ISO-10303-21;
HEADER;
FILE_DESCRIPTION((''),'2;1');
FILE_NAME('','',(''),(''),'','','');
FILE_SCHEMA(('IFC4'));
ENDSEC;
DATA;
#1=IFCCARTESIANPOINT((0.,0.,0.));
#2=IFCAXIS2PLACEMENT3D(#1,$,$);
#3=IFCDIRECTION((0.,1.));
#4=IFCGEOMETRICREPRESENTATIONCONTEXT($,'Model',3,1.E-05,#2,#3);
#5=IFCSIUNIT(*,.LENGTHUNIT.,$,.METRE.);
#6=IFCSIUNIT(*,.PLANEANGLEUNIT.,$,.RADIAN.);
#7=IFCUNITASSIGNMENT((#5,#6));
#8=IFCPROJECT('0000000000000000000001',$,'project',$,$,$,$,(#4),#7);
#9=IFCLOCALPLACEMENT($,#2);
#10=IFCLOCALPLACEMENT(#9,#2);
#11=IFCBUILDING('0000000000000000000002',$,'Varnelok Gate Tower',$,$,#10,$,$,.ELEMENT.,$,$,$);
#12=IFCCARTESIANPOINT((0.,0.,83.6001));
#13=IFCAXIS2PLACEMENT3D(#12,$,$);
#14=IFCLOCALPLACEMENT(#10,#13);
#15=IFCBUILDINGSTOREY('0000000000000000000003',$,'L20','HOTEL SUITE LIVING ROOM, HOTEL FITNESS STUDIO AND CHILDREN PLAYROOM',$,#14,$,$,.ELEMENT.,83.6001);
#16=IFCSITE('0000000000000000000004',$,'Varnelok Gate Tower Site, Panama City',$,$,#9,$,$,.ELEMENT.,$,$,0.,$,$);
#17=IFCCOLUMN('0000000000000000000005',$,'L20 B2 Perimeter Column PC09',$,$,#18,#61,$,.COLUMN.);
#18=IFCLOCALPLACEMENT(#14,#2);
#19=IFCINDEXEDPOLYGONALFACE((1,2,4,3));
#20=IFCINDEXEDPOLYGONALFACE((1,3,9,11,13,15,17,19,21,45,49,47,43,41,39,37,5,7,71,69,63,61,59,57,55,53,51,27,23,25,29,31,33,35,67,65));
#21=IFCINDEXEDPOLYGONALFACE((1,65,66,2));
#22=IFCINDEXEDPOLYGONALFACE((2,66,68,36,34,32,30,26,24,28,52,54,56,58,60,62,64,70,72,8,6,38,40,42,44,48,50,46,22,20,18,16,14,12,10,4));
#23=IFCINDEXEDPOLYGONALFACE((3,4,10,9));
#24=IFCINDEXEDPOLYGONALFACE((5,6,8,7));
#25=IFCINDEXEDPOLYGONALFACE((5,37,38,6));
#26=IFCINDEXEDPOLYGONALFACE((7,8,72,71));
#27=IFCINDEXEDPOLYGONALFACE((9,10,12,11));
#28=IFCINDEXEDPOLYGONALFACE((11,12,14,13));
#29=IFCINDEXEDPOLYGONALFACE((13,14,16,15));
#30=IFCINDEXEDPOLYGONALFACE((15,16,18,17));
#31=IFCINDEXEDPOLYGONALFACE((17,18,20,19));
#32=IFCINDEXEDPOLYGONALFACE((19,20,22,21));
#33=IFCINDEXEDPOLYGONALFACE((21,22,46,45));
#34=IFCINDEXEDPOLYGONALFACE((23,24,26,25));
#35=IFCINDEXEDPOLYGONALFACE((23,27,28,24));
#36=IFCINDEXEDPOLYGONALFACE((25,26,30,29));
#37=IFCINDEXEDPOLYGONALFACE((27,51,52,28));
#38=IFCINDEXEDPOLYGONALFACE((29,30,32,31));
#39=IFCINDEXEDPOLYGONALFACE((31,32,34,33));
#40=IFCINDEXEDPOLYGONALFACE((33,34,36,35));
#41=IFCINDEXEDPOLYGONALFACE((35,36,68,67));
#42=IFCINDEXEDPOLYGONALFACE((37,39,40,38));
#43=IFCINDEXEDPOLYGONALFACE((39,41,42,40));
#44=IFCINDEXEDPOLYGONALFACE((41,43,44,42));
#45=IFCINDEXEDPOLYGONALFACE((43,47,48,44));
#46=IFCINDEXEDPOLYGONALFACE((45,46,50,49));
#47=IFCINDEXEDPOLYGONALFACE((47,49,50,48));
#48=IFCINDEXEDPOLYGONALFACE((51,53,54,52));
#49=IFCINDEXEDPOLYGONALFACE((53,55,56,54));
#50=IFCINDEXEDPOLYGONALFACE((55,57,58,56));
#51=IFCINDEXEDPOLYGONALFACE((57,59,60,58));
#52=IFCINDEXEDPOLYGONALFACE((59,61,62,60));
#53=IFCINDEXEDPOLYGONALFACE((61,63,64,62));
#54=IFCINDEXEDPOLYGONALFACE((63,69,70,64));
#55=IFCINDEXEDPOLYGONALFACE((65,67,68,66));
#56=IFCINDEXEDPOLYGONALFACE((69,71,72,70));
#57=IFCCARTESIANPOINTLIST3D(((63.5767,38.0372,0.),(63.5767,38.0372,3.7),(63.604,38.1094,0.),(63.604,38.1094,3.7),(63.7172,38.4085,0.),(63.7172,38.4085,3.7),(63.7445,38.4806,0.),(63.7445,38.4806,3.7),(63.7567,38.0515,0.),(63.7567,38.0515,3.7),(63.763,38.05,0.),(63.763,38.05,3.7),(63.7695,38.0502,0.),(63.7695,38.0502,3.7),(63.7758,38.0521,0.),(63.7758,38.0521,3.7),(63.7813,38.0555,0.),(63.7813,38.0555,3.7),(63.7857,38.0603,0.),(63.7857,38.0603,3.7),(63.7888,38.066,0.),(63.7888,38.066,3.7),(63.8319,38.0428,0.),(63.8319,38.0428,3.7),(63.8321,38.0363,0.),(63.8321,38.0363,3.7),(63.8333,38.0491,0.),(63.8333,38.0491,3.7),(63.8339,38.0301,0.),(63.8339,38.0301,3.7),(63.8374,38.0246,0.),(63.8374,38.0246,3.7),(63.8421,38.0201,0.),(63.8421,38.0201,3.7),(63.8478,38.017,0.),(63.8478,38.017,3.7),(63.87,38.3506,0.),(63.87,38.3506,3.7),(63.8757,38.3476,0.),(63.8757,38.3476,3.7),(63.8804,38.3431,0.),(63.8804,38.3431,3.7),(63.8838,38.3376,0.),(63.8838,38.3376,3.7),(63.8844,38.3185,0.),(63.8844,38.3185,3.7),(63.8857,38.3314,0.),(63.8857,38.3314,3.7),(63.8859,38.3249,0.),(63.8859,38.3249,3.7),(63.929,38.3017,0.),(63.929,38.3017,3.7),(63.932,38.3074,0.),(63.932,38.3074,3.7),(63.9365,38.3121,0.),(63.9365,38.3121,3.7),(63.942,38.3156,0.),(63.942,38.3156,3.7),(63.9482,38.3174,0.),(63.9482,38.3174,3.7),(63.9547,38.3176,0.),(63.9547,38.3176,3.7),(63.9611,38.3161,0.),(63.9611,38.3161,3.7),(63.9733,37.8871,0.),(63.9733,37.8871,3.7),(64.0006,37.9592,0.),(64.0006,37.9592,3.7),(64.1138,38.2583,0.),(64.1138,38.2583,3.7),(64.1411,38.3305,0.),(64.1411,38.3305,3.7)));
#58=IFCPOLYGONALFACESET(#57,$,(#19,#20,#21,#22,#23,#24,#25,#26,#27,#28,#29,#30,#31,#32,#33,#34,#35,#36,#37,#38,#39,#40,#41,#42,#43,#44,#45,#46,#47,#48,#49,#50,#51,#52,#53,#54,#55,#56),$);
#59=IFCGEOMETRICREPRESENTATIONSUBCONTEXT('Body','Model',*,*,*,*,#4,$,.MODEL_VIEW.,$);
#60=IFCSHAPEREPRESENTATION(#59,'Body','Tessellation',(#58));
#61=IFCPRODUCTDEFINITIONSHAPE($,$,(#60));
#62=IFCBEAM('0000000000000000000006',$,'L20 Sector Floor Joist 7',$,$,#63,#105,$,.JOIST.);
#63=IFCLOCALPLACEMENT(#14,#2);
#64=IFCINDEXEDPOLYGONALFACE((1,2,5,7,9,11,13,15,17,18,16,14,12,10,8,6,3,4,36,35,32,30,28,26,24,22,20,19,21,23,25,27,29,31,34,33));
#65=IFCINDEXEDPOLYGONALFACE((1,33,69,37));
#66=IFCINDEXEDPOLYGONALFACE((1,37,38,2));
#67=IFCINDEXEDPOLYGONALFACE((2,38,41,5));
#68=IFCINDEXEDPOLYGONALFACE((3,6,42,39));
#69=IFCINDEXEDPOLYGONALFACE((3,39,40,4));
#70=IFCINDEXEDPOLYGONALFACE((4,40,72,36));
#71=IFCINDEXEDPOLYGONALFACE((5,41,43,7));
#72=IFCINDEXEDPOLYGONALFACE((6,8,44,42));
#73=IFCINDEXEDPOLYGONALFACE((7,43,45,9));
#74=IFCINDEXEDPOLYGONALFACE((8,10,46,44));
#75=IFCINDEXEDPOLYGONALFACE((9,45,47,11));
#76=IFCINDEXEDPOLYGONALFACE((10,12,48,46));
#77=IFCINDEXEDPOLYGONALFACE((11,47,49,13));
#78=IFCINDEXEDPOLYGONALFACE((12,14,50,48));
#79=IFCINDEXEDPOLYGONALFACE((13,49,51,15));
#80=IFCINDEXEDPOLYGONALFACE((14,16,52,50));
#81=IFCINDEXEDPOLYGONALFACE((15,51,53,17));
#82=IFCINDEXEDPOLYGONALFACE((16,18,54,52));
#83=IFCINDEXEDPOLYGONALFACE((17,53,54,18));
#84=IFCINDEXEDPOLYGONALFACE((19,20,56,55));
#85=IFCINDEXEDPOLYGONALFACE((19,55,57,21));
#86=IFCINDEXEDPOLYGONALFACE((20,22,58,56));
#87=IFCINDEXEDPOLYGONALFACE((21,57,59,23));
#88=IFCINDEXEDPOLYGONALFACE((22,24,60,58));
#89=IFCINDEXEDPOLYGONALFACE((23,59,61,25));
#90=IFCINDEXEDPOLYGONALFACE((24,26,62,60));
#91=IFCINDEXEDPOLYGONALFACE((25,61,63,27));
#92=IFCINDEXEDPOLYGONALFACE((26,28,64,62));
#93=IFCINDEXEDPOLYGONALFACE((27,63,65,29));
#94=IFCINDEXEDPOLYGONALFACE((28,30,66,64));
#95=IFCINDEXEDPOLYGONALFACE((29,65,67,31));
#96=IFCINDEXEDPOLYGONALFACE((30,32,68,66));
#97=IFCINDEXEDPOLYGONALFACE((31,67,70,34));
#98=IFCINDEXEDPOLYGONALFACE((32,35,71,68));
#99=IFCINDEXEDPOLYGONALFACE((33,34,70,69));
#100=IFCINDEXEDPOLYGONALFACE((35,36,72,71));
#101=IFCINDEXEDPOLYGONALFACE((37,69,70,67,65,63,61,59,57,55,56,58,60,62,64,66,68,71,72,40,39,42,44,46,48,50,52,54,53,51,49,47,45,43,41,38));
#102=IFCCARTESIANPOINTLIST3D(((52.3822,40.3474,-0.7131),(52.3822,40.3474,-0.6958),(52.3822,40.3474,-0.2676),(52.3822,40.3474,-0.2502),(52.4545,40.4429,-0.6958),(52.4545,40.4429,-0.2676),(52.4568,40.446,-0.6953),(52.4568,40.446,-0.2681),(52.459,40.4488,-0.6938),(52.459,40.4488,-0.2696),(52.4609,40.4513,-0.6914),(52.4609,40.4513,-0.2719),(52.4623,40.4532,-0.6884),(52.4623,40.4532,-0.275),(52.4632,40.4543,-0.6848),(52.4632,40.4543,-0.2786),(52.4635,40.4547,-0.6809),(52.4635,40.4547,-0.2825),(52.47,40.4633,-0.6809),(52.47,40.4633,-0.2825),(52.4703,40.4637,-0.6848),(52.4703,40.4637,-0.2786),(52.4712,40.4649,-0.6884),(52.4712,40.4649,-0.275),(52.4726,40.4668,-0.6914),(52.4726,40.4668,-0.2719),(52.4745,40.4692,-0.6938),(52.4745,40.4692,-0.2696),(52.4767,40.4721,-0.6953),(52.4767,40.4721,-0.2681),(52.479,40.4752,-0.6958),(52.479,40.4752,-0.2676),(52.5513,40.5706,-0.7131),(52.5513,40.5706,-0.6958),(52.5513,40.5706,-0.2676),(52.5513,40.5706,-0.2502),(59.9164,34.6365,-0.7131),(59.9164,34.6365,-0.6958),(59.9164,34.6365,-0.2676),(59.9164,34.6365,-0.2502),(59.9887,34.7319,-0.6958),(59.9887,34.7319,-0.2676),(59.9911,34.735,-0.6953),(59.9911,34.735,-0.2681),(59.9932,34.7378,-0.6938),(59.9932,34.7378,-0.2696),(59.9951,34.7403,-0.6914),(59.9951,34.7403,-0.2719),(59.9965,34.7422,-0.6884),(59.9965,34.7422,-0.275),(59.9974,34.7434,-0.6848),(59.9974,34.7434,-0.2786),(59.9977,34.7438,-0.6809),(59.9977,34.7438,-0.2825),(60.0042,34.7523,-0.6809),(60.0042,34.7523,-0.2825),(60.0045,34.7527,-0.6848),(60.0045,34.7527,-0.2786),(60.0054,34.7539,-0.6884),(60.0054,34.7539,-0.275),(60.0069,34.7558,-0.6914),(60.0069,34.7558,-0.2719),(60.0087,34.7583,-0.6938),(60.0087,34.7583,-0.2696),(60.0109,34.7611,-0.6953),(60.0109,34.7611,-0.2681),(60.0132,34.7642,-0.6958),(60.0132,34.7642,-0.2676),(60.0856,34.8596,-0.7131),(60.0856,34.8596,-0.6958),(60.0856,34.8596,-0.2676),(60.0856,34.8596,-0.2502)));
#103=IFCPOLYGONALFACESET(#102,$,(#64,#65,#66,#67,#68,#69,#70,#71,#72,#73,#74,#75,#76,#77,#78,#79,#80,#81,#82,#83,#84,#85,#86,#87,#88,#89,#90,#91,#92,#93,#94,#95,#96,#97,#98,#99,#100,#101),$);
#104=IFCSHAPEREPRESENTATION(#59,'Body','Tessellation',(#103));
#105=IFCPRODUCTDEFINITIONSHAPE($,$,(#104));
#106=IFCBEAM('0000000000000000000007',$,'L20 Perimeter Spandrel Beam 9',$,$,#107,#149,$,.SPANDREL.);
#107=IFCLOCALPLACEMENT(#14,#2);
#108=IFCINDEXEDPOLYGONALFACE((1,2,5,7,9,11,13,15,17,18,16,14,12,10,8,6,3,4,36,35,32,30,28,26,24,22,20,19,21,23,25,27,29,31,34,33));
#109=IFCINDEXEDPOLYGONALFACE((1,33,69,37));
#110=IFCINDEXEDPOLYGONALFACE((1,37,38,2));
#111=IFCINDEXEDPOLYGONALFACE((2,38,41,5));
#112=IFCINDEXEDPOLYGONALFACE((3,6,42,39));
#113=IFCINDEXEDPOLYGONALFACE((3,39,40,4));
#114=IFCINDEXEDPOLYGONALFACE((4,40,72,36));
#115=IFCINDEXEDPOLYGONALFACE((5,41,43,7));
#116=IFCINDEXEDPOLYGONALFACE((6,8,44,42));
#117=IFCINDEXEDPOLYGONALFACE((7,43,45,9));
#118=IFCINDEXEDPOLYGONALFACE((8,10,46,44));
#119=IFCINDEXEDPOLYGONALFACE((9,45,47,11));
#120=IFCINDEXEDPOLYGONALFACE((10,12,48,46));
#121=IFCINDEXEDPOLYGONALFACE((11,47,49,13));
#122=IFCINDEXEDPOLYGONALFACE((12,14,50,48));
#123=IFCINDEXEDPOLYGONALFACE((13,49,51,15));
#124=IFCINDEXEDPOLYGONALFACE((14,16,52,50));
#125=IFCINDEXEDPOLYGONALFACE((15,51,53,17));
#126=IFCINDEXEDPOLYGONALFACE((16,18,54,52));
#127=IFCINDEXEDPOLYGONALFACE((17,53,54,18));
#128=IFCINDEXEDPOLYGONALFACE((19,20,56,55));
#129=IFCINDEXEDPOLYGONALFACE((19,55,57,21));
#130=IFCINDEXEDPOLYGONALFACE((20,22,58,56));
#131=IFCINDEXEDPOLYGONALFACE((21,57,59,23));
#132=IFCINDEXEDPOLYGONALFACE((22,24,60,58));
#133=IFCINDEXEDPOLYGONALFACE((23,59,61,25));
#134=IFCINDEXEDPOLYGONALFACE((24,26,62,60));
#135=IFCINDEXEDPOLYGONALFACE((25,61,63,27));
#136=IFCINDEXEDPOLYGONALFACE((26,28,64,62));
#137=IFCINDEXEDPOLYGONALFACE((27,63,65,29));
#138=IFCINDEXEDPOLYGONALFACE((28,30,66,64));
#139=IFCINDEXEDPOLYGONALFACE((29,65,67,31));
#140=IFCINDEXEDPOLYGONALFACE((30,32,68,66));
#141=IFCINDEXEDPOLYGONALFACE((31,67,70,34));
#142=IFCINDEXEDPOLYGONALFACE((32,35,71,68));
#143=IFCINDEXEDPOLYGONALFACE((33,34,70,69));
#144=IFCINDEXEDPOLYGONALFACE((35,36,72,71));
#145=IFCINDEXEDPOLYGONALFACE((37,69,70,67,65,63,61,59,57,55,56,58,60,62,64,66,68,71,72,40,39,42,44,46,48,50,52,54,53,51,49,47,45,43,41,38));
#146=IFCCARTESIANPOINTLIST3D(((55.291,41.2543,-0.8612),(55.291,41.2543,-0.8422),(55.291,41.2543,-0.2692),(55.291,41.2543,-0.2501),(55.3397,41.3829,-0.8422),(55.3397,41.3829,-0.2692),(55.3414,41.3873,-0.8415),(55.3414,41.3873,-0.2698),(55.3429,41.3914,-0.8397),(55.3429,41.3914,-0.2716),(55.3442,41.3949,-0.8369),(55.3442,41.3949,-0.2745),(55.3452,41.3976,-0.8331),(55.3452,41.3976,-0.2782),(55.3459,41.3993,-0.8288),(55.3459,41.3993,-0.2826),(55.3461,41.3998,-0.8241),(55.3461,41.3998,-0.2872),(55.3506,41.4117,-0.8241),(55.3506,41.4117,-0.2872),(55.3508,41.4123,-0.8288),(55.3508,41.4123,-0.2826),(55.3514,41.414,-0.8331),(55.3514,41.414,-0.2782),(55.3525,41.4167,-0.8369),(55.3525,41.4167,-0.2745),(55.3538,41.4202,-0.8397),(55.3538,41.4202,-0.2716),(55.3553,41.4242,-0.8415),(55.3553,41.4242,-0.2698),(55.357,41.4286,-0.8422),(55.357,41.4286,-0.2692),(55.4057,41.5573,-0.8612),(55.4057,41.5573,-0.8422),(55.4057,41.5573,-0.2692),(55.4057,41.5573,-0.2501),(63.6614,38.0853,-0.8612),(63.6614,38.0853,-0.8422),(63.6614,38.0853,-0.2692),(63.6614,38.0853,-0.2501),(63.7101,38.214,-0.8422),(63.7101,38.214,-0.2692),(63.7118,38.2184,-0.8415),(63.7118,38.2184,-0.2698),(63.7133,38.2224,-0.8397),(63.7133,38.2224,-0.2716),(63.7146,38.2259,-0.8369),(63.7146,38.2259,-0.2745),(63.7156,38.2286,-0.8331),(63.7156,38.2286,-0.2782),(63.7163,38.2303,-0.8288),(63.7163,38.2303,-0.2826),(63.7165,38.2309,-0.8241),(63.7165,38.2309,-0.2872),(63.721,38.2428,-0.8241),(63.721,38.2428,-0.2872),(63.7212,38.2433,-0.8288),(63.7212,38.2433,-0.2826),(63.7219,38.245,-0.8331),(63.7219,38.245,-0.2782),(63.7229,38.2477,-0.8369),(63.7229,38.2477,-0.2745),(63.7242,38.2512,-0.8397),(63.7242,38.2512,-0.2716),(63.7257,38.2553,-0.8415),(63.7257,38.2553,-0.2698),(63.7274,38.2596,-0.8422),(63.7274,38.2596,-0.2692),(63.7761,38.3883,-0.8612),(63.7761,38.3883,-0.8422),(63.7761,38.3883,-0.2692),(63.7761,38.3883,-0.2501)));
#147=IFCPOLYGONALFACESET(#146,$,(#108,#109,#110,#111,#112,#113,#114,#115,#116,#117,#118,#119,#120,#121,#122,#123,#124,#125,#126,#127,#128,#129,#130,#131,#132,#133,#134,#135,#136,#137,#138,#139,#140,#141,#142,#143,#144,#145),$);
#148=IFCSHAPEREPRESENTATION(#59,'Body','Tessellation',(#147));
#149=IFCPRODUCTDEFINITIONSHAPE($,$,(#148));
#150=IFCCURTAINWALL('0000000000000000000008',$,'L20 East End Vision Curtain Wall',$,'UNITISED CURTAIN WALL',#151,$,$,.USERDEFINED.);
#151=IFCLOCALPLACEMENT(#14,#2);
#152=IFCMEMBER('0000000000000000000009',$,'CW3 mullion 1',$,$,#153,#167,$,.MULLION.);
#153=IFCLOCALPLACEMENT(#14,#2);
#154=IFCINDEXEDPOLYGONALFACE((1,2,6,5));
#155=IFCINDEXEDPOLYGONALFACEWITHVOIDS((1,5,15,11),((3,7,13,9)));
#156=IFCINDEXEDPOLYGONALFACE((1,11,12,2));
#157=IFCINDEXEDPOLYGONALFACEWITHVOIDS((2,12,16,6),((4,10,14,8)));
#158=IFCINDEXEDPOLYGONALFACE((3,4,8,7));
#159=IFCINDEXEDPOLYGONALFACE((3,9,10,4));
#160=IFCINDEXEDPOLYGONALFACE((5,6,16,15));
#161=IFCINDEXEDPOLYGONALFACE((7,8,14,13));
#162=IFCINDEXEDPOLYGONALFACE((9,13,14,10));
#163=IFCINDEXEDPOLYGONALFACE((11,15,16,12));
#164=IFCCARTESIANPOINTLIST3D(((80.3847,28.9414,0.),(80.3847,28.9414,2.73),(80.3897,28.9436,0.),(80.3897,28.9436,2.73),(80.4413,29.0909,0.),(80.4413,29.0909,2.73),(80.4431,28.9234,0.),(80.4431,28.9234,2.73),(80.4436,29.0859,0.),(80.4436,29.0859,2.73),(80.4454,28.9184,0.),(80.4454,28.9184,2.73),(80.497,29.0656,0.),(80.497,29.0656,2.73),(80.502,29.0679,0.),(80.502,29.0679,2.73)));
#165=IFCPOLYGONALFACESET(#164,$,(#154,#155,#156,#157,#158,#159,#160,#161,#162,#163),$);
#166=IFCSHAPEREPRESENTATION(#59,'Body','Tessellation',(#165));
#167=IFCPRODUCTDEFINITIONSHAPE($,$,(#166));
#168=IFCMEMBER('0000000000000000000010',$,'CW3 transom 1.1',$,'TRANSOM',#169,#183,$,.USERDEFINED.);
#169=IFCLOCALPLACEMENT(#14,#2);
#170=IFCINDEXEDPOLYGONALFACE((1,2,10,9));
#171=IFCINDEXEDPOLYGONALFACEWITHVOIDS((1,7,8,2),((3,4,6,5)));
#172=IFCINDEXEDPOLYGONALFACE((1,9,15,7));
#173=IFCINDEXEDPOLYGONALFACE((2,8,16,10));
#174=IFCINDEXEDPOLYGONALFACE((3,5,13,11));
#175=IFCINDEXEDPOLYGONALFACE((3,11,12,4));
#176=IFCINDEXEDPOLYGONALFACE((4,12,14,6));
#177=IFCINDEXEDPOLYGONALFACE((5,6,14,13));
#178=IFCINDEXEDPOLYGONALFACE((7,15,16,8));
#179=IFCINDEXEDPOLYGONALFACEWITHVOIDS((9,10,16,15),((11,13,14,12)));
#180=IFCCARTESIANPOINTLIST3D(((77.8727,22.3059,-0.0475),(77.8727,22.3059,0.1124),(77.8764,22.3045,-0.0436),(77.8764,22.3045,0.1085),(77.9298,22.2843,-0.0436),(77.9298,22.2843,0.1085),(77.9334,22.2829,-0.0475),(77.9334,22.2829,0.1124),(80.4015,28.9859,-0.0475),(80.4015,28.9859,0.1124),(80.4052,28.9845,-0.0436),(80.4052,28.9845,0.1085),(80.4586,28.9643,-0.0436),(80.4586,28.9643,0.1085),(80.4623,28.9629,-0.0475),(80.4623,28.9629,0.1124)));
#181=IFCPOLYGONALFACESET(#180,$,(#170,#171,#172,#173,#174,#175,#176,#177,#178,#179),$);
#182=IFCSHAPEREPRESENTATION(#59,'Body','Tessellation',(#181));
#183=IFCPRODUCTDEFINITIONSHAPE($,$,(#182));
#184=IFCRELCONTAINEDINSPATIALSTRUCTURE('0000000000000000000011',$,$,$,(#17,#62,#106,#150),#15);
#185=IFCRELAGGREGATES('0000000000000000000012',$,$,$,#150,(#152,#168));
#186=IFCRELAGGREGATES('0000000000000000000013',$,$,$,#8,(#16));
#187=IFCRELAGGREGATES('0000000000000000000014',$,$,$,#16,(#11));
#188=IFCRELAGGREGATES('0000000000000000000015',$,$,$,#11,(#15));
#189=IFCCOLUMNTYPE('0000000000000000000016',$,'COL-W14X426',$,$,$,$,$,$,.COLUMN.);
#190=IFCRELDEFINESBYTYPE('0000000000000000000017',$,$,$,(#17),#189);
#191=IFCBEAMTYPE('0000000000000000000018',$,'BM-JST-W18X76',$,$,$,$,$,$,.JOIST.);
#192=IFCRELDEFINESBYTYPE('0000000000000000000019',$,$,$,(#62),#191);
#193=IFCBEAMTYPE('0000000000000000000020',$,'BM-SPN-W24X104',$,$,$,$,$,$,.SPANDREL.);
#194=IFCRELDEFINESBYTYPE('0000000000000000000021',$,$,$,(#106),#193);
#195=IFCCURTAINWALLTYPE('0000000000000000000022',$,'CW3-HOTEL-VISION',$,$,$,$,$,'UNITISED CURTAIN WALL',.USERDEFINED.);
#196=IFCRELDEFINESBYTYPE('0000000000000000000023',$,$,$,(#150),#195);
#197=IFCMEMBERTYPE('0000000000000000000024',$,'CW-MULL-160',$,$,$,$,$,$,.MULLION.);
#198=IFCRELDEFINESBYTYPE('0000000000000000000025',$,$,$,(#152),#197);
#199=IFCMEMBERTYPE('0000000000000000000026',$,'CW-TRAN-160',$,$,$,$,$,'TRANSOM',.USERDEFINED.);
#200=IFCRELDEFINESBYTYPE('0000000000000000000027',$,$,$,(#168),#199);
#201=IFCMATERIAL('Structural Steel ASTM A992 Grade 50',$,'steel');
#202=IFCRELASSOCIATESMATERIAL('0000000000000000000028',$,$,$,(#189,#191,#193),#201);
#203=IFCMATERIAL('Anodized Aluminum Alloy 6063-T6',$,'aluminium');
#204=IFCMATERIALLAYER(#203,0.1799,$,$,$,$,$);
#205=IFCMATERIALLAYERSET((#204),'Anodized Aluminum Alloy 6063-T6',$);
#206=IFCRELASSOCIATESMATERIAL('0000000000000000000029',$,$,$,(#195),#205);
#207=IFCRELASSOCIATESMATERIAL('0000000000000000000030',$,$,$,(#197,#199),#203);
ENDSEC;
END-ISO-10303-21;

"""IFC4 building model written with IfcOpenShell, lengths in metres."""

from ifc_helpers import new_model, si_unit, direction, frame, origin, origin_2d, place, context, subcontext, project, spatial, hollow_rectangle, i_section, extrude, material, layer, layer_set, material_profile, profile_set, type_object, element, aggregate, save


model = new_model("IFC4")

# Units and contexts
model_context = context("Model", 3, precision=1e-05, world=origin(), true_north=direction((0.0, 1.0)))
body_context = subcontext(model_context, "Body", "Model", "MODEL_VIEW")
ifc_project = project(units=[si_unit("LENGTHUNIT", "METRE"), si_unit("PLANEANGLEUNIT", "RADIAN")], contexts=[model_context])

# Site, building, storey
site_placement = place(None, origin())
site = spatial("IfcSite", under=ifc_project, at=site_placement, Name="Varnelok Gate Tower Site, Panama City", CompositionType="ELEMENT", RefElevation=0.0)
building_placement = place(site_placement, origin())
building = spatial("IfcBuilding", under=site, at=building_placement, Name="Varnelok Gate Tower", CompositionType="ELEMENT")
storey_placement = place(building_placement, frame((0.0, 0.0, 83.6001)))
storey = spatial("IfcBuildingStorey", under=building, at=storey_placement, Name="L20", Description="HOTEL SUITE LIVING ROOM, HOTEL FITNESS STUDIO AND CHILDREN PLAYROOM", CompositionType="ELEMENT", Elevation=83.6001)

# Column
ifc_material_1 = material(Name="Structural Steel ASTM A992 Grade 50", Category="steel")
ifc_material_profile_1 = material_profile(ifc_material_1, i_section(OverallWidth=0.4241, OverallDepth=0.4741, WebThickness=0.0476, FlangeThickness=0.0771, FilletRadius=0.0249, at=origin_2d()), Name="W14X426")
ifc_profile_set_1 = profile_set([ifc_material_profile_1], Name="Structural Steel ASTM A992 Grade 50")
column_type = type_object("IfcColumnType", Name="COL-W14X426", PredefinedType="COLUMN", material=ifc_profile_set_1)
column_placement = place(storey_placement, frame((63.8589, 38.1838, 0.0), z_axis=(0.0, 0.0, 1.0), x_axis=(0.935222, -0.354063, 0.0)))
element("IfcColumn", 1, at=column_placement, inside=storey, type_object=column_type, Name="L20 B2 Perimeter Column PC09", PredefinedType="COLUMN", context=body_context, shape_type="SweptSolid", body=[
    extrude(i_section(OverallWidth=0.4241, OverallDepth=0.4741, WebThickness=0.0476, FlangeThickness=0.0771, FilletRadius=0.0249, at=origin_2d()), origin(), (0.0, 0.0, 1.0), 3.7),
])

# Beams
ifc_material_profile_2 = material_profile(ifc_material_1, i_section(OverallWidth=0.28, OverallDepth=0.4629, WebThickness=0.0107, FlangeThickness=0.0173, FilletRadius=0.0149, at=origin_2d()), Name="W18X76")
ifc_profile_set_2 = profile_set([ifc_material_profile_2], Name="Structural Steel ASTM A992 Grade 50")
beam_type_1 = type_object("IfcBeamType", Name="BM-JST-W18X76", PredefinedType="JOIST", material=ifc_profile_set_2)
beam_1_placement = place(storey_placement, frame((60.001, 34.748, -0.4817), z_axis=(-0.796928, 0.604074, 0.0), x_axis=(-0.604074, -0.796928, 0.0)))
element("IfcBeam", 2, at=beam_1_placement, inside=storey, type_object=beam_type_1, Name="L20 Sector Floor Joist 7", PredefinedType="JOIST", context=body_context, shape_type="SweptSolid", body=[
    extrude(i_section(OverallWidth=0.28, OverallDepth=0.4629, WebThickness=0.0107, FlangeThickness=0.0173, FilletRadius=0.0149, at=origin_2d()), origin(), (0.0, 0.0, 1.0), 9.4541),
])
ifc_material_profile_3 = material_profile(ifc_material_1, i_section(OverallWidth=0.324, OverallDepth=0.6111, WebThickness=0.0127, FlangeThickness=0.019, FilletRadius=0.0181, at=origin_2d()), Name="W24X104")
ifc_profile_set_3 = profile_set([ifc_material_profile_3], Name="Structural Steel ASTM A992 Grade 50")
beam_type_2 = type_object("IfcBeamType", Name="BM-SPN-W24X104", PredefinedType="SPANDREL", material=ifc_profile_set_3)
beam_2_placement = place(storey_placement, frame((63.7188, 38.2368, -0.5557), z_axis=(-0.93522, 0.354066, 0.0), x_axis=(-0.354066, -0.93522, 0.0)))
element("IfcBeam", 3, at=beam_2_placement, inside=storey, type_object=beam_type_2, Name="L20 Perimeter Spandrel Beam 9", PredefinedType="SPANDREL", context=body_context, shape_type="SweptSolid", body=[
    extrude(i_section(OverallWidth=0.324, OverallDepth=0.6111, WebThickness=0.0127, FlangeThickness=0.019, FilletRadius=0.0181, at=origin_2d()), origin(), (0.0, 0.0, 1.0), 8.9502),
])

# Curtain wall, members
ifc_material_2 = material(Name="Anodized Aluminum Alloy 6063-T6", Category="aluminium")
ifc_layer_1 = layer(ifc_material_2, 0.1799)
ifc_layer_set_1 = layer_set([ifc_layer_1], Name="Anodized Aluminum Alloy 6063-T6")
curtain_wall_type = type_object("IfcCurtainWallType", Name="CW3-HOTEL-VISION", ElementType="UNITISED CURTAIN WALL", PredefinedType="USERDEFINED", material=ifc_layer_set_1)
curtain_wall_placement = place(storey_placement, origin())
curtain_wall = element("IfcCurtainWall", 4, at=curtain_wall_placement, inside=storey, type_object=curtain_wall_type, Name="L20 East End Vision Curtain Wall", ObjectType="UNITISED CURTAIN WALL", PredefinedType="USERDEFINED")
ifc_material_profile_4 = material_profile(ifc_material_2, hollow_rectangle(XDim=0.0649, YDim=0.1599, WallThickness=0.0039, at=origin_2d()), Name="ALU160X65X4")
ifc_profile_set_4 = profile_set([ifc_material_profile_4], Name="Anodized Aluminum Alloy 6063-T6")
member_type_1 = type_object("IfcMemberType", Name="CW-MULL-160", PredefinedType="MULLION", material=ifc_profile_set_4)
member_1_placement = place(storey_placement, frame((80.4434, 29.0046, 0.0), z_axis=(0.0, 0.0, 1.0), x_axis=(0.935221, -0.354064, 0.0)))
member_1 = element("IfcMember", 5, at=member_1_placement, type_object=member_type_1, Name="CW3 mullion 1", PredefinedType="MULLION", context=body_context, shape_type="SweptSolid", body=[
    extrude(hollow_rectangle(XDim=0.0649, YDim=0.1599, WallThickness=0.0039, at=origin_2d()), origin(), (0.0, 0.0, 1.0), 2.73),
])
ifc_material_profile_5 = material_profile(ifc_material_2, hollow_rectangle(XDim=0.0649, YDim=0.1599, WallThickness=0.0039, at=origin_2d()), Name="ALU160X65X4")
ifc_profile_set_5 = profile_set([ifc_material_profile_5], Name="Anodized Aluminum Alloy 6063-T6")
member_type_2 = type_object("IfcMemberType", Name="CW-TRAN-160", ElementType="TRANSOM", PredefinedType="USERDEFINED", material=ifc_profile_set_5)
member_2_placement = place(storey_placement, frame((80.4319, 28.9744, 0.0325), z_axis=(-0.354047, -0.935228, 0.0), x_axis=(0.935228, -0.354047, 0.0)))
member_2 = element("IfcMember", 6, at=member_2_placement, type_object=member_type_2, Name="CW3 transom 1.1", ObjectType="TRANSOM", PredefinedType="USERDEFINED", context=body_context, shape_type="SweptSolid", body=[
    extrude(hollow_rectangle(XDim=0.0649, YDim=0.1599, WallThickness=0.0039, at=origin_2d()), origin(), (0.0, 0.0, 1.0), 7.1426),
])
aggregate(curtain_wall, [member_1, member_2])

save(model, "model.ifc")
